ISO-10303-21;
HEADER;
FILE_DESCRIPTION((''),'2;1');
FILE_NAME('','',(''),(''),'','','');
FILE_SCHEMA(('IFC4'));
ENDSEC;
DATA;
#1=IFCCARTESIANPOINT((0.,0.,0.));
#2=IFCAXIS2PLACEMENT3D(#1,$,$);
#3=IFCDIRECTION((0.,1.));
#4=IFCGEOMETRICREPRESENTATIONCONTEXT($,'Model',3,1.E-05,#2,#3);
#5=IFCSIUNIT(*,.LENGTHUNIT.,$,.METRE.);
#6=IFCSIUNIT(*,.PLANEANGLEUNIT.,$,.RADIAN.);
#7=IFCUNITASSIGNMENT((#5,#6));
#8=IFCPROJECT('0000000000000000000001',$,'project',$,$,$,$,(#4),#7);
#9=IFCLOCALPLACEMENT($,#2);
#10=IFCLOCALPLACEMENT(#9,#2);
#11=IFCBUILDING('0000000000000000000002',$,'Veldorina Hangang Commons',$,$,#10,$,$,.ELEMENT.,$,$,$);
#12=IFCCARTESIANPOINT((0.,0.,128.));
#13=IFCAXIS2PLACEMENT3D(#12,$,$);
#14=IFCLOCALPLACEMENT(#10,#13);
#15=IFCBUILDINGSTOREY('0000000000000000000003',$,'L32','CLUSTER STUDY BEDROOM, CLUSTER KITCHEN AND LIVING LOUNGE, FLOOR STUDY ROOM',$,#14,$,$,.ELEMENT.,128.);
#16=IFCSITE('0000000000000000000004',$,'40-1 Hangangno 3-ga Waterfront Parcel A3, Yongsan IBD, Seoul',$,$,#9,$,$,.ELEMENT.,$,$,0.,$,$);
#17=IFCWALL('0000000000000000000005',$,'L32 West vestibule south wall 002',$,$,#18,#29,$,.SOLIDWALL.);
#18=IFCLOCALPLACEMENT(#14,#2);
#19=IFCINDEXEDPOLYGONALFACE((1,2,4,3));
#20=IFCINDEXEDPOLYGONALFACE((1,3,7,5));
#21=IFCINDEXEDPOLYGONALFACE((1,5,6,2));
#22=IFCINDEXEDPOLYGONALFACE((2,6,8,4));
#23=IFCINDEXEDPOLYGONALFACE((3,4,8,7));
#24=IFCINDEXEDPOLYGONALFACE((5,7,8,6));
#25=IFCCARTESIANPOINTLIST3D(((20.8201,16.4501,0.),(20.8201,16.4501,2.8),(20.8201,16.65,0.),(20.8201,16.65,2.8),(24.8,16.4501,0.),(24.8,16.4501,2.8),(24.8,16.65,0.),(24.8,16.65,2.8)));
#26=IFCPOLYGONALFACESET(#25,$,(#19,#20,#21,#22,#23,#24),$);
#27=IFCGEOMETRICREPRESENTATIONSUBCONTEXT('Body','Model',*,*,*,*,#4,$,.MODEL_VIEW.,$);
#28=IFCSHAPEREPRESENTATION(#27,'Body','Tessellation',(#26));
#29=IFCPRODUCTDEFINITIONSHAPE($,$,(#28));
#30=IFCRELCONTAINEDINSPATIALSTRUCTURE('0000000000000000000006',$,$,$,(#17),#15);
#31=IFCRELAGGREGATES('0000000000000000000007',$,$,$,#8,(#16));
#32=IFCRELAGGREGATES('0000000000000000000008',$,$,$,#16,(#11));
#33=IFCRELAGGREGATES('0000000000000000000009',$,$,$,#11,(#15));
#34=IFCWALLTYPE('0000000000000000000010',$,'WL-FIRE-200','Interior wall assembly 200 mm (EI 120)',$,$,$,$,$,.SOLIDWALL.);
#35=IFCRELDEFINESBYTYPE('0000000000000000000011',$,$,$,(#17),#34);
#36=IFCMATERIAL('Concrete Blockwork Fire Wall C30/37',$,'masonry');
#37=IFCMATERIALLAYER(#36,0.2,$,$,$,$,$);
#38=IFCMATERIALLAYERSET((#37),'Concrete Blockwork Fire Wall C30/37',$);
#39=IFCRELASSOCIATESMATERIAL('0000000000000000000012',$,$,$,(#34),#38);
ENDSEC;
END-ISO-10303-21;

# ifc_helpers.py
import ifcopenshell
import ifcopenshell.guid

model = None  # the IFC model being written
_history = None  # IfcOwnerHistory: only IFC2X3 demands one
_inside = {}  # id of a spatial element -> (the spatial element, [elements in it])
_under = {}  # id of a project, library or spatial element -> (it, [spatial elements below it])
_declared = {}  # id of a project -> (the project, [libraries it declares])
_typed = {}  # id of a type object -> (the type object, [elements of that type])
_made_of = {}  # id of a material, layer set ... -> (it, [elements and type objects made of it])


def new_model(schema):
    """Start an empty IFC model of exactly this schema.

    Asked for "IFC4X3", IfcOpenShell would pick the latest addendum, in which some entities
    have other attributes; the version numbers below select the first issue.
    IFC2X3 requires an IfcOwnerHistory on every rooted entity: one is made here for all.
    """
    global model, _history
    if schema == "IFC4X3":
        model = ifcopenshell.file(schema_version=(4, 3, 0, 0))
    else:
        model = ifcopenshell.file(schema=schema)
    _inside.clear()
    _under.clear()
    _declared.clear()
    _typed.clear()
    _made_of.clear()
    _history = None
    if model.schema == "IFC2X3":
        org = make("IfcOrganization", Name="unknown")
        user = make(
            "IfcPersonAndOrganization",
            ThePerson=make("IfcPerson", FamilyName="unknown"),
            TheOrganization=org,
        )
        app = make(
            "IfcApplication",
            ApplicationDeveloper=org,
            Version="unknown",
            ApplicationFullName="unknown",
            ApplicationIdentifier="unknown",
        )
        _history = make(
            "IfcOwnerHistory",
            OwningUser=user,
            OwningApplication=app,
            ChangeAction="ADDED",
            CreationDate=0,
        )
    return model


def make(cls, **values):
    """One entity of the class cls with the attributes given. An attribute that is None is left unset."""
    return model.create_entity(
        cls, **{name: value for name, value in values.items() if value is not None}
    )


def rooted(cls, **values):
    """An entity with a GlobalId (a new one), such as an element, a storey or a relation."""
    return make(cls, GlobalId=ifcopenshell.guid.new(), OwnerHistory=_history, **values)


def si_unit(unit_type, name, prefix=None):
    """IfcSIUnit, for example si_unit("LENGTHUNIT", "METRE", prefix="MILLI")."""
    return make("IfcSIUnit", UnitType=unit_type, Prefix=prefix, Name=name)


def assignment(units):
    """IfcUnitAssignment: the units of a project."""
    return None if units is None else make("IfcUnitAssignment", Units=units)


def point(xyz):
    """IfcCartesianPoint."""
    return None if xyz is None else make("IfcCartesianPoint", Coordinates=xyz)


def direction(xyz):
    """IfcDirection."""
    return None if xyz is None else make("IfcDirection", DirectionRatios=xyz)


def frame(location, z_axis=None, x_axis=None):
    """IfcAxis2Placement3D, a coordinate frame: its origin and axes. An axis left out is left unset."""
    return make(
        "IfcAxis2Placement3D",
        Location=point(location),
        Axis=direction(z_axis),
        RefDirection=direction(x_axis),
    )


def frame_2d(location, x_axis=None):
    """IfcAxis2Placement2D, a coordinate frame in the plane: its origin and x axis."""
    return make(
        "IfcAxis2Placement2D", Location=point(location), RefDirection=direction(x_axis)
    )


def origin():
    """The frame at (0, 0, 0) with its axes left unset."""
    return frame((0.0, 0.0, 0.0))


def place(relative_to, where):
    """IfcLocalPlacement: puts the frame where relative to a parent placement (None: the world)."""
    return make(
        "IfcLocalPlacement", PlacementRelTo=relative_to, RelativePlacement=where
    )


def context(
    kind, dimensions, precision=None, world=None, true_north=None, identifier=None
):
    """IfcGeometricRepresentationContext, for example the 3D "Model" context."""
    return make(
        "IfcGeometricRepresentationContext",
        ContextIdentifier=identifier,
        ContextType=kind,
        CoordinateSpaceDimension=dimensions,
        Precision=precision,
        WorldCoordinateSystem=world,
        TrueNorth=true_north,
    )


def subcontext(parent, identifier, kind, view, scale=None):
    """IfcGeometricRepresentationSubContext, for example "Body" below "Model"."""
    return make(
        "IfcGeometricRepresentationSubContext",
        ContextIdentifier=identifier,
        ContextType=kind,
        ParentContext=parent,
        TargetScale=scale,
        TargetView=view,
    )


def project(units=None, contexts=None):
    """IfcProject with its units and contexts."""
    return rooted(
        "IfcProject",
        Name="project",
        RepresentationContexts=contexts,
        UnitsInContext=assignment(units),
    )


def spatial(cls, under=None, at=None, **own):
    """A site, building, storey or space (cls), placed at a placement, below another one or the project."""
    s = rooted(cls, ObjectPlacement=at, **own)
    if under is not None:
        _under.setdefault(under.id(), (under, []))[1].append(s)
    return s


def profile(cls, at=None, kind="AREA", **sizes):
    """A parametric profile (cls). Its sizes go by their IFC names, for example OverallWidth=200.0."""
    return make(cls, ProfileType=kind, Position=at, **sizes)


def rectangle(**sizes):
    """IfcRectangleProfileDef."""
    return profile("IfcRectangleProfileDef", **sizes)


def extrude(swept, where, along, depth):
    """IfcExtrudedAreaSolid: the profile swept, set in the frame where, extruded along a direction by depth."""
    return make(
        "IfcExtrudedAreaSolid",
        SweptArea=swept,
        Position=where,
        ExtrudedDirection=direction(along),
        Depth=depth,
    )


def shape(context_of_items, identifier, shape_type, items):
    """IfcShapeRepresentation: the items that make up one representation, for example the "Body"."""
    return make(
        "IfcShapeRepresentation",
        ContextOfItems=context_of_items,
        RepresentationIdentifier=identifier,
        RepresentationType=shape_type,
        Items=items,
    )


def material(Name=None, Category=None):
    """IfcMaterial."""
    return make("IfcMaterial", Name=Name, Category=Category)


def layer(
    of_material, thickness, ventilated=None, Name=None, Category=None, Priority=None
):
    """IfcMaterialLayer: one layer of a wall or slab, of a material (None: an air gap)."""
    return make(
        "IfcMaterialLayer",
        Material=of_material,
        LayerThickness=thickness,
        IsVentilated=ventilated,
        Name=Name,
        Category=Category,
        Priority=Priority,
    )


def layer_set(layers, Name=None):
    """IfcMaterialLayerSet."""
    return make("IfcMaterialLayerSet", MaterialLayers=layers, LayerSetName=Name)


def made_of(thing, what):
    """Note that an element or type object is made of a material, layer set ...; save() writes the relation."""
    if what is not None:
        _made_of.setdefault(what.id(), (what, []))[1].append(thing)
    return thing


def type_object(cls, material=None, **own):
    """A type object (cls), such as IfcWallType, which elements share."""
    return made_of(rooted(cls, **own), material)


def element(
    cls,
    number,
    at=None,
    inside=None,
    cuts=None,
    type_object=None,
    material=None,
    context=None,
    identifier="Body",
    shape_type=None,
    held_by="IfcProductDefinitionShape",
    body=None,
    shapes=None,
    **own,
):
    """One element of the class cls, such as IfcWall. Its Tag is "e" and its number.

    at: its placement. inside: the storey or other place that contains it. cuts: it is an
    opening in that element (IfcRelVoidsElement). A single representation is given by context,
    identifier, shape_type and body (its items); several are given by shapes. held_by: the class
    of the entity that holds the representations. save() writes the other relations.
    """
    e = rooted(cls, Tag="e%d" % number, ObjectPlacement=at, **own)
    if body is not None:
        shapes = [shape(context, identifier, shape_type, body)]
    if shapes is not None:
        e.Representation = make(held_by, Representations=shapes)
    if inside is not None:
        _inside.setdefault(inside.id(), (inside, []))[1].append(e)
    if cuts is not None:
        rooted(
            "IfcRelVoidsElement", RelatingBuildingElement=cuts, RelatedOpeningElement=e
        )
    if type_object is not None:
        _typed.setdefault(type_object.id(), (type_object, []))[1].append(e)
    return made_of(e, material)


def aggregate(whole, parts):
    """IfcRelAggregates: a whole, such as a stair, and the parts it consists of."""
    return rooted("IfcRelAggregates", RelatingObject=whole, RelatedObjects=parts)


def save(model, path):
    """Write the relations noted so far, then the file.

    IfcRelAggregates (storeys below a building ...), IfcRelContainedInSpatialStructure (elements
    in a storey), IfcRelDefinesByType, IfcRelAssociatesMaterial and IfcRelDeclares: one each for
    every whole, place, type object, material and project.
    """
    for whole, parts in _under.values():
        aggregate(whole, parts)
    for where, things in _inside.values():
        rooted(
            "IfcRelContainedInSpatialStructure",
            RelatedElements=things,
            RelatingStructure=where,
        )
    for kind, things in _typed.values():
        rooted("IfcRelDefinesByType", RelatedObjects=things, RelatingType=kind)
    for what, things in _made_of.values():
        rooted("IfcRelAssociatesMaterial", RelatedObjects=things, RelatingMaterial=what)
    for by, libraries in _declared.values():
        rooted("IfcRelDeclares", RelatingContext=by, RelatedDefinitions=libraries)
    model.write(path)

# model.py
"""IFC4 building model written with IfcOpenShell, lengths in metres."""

from ifc_helpers import new_model, si_unit, direction, frame, frame_2d, origin, place, context, subcontext, project, spatial, rectangle, extrude, material, layer, layer_set, type_object, element, save


model = new_model("IFC4")

# Units and contexts
model_context = context("Model", 3, precision=1e-05, world=origin(), true_north=direction((0.0, 1.0)))
body_context = subcontext(model_context, "Body", "Model", "MODEL_VIEW")
ifc_project = project(units=[si_unit("LENGTHUNIT", "METRE"), si_unit("PLANEANGLEUNIT", "RADIAN")], contexts=[model_context])

# Site, building, storey
site_placement = place(None, origin())
site = spatial("IfcSite", under=ifc_project, at=site_placement, Name="40-1 Hangangno 3-ga Waterfront Parcel A3, Yongsan IBD, Seoul", CompositionType="ELEMENT", RefElevation=0.0)
building_placement = place(site_placement, origin())
building = spatial("IfcBuilding", under=site, at=building_placement, Name="Veldorina Hangang Commons", CompositionType="ELEMENT")
storey_placement = place(building_placement, frame((0.0, 0.0, 128.0)))
storey = spatial("IfcBuildingStorey", under=building, at=storey_placement, Name="L32", Description="CLUSTER STUDY BEDROOM, CLUSTER KITCHEN AND LIVING LOUNGE, FLOOR STUDY ROOM", CompositionType="ELEMENT", Elevation=128.0)

# Shared definitions
ifc_material_1 = material(Name="Concrete Blockwork Fire Wall C30/37", Category="masonry")
ifc_layer_1 = layer(ifc_material_1, 0.2)
ifc_layer_set_1 = layer_set([ifc_layer_1], Name="Concrete Blockwork Fire Wall C30/37")
wall_type_1 = type_object("IfcWallType", Name="WL-FIRE-200", Description="Interior wall assembly 200 mm (EI 120)", PredefinedType="SOLIDWALL", material=ifc_layer_set_1)

# Wall
wall_1_placement = place(storey_placement, frame((20.8201, 16.55, 0.0), z_axis=(0.0, 0.0, 1.0), x_axis=(1.0, 0.0, 0.0)))
element("IfcWall", 1, at=wall_1_placement, inside=storey, type_object=wall_type_1, Name="L32 West vestibule south wall 002", PredefinedType="SOLIDWALL", context=body_context, shape_type="SweptSolid", body=[
    extrude(rectangle(XDim=3.98, YDim=0.2, at=frame_2d((1.99, 0.0))), origin(), (0.0, 0.0, 1.0), 2.8),
])

save(model, "model.ifc")
